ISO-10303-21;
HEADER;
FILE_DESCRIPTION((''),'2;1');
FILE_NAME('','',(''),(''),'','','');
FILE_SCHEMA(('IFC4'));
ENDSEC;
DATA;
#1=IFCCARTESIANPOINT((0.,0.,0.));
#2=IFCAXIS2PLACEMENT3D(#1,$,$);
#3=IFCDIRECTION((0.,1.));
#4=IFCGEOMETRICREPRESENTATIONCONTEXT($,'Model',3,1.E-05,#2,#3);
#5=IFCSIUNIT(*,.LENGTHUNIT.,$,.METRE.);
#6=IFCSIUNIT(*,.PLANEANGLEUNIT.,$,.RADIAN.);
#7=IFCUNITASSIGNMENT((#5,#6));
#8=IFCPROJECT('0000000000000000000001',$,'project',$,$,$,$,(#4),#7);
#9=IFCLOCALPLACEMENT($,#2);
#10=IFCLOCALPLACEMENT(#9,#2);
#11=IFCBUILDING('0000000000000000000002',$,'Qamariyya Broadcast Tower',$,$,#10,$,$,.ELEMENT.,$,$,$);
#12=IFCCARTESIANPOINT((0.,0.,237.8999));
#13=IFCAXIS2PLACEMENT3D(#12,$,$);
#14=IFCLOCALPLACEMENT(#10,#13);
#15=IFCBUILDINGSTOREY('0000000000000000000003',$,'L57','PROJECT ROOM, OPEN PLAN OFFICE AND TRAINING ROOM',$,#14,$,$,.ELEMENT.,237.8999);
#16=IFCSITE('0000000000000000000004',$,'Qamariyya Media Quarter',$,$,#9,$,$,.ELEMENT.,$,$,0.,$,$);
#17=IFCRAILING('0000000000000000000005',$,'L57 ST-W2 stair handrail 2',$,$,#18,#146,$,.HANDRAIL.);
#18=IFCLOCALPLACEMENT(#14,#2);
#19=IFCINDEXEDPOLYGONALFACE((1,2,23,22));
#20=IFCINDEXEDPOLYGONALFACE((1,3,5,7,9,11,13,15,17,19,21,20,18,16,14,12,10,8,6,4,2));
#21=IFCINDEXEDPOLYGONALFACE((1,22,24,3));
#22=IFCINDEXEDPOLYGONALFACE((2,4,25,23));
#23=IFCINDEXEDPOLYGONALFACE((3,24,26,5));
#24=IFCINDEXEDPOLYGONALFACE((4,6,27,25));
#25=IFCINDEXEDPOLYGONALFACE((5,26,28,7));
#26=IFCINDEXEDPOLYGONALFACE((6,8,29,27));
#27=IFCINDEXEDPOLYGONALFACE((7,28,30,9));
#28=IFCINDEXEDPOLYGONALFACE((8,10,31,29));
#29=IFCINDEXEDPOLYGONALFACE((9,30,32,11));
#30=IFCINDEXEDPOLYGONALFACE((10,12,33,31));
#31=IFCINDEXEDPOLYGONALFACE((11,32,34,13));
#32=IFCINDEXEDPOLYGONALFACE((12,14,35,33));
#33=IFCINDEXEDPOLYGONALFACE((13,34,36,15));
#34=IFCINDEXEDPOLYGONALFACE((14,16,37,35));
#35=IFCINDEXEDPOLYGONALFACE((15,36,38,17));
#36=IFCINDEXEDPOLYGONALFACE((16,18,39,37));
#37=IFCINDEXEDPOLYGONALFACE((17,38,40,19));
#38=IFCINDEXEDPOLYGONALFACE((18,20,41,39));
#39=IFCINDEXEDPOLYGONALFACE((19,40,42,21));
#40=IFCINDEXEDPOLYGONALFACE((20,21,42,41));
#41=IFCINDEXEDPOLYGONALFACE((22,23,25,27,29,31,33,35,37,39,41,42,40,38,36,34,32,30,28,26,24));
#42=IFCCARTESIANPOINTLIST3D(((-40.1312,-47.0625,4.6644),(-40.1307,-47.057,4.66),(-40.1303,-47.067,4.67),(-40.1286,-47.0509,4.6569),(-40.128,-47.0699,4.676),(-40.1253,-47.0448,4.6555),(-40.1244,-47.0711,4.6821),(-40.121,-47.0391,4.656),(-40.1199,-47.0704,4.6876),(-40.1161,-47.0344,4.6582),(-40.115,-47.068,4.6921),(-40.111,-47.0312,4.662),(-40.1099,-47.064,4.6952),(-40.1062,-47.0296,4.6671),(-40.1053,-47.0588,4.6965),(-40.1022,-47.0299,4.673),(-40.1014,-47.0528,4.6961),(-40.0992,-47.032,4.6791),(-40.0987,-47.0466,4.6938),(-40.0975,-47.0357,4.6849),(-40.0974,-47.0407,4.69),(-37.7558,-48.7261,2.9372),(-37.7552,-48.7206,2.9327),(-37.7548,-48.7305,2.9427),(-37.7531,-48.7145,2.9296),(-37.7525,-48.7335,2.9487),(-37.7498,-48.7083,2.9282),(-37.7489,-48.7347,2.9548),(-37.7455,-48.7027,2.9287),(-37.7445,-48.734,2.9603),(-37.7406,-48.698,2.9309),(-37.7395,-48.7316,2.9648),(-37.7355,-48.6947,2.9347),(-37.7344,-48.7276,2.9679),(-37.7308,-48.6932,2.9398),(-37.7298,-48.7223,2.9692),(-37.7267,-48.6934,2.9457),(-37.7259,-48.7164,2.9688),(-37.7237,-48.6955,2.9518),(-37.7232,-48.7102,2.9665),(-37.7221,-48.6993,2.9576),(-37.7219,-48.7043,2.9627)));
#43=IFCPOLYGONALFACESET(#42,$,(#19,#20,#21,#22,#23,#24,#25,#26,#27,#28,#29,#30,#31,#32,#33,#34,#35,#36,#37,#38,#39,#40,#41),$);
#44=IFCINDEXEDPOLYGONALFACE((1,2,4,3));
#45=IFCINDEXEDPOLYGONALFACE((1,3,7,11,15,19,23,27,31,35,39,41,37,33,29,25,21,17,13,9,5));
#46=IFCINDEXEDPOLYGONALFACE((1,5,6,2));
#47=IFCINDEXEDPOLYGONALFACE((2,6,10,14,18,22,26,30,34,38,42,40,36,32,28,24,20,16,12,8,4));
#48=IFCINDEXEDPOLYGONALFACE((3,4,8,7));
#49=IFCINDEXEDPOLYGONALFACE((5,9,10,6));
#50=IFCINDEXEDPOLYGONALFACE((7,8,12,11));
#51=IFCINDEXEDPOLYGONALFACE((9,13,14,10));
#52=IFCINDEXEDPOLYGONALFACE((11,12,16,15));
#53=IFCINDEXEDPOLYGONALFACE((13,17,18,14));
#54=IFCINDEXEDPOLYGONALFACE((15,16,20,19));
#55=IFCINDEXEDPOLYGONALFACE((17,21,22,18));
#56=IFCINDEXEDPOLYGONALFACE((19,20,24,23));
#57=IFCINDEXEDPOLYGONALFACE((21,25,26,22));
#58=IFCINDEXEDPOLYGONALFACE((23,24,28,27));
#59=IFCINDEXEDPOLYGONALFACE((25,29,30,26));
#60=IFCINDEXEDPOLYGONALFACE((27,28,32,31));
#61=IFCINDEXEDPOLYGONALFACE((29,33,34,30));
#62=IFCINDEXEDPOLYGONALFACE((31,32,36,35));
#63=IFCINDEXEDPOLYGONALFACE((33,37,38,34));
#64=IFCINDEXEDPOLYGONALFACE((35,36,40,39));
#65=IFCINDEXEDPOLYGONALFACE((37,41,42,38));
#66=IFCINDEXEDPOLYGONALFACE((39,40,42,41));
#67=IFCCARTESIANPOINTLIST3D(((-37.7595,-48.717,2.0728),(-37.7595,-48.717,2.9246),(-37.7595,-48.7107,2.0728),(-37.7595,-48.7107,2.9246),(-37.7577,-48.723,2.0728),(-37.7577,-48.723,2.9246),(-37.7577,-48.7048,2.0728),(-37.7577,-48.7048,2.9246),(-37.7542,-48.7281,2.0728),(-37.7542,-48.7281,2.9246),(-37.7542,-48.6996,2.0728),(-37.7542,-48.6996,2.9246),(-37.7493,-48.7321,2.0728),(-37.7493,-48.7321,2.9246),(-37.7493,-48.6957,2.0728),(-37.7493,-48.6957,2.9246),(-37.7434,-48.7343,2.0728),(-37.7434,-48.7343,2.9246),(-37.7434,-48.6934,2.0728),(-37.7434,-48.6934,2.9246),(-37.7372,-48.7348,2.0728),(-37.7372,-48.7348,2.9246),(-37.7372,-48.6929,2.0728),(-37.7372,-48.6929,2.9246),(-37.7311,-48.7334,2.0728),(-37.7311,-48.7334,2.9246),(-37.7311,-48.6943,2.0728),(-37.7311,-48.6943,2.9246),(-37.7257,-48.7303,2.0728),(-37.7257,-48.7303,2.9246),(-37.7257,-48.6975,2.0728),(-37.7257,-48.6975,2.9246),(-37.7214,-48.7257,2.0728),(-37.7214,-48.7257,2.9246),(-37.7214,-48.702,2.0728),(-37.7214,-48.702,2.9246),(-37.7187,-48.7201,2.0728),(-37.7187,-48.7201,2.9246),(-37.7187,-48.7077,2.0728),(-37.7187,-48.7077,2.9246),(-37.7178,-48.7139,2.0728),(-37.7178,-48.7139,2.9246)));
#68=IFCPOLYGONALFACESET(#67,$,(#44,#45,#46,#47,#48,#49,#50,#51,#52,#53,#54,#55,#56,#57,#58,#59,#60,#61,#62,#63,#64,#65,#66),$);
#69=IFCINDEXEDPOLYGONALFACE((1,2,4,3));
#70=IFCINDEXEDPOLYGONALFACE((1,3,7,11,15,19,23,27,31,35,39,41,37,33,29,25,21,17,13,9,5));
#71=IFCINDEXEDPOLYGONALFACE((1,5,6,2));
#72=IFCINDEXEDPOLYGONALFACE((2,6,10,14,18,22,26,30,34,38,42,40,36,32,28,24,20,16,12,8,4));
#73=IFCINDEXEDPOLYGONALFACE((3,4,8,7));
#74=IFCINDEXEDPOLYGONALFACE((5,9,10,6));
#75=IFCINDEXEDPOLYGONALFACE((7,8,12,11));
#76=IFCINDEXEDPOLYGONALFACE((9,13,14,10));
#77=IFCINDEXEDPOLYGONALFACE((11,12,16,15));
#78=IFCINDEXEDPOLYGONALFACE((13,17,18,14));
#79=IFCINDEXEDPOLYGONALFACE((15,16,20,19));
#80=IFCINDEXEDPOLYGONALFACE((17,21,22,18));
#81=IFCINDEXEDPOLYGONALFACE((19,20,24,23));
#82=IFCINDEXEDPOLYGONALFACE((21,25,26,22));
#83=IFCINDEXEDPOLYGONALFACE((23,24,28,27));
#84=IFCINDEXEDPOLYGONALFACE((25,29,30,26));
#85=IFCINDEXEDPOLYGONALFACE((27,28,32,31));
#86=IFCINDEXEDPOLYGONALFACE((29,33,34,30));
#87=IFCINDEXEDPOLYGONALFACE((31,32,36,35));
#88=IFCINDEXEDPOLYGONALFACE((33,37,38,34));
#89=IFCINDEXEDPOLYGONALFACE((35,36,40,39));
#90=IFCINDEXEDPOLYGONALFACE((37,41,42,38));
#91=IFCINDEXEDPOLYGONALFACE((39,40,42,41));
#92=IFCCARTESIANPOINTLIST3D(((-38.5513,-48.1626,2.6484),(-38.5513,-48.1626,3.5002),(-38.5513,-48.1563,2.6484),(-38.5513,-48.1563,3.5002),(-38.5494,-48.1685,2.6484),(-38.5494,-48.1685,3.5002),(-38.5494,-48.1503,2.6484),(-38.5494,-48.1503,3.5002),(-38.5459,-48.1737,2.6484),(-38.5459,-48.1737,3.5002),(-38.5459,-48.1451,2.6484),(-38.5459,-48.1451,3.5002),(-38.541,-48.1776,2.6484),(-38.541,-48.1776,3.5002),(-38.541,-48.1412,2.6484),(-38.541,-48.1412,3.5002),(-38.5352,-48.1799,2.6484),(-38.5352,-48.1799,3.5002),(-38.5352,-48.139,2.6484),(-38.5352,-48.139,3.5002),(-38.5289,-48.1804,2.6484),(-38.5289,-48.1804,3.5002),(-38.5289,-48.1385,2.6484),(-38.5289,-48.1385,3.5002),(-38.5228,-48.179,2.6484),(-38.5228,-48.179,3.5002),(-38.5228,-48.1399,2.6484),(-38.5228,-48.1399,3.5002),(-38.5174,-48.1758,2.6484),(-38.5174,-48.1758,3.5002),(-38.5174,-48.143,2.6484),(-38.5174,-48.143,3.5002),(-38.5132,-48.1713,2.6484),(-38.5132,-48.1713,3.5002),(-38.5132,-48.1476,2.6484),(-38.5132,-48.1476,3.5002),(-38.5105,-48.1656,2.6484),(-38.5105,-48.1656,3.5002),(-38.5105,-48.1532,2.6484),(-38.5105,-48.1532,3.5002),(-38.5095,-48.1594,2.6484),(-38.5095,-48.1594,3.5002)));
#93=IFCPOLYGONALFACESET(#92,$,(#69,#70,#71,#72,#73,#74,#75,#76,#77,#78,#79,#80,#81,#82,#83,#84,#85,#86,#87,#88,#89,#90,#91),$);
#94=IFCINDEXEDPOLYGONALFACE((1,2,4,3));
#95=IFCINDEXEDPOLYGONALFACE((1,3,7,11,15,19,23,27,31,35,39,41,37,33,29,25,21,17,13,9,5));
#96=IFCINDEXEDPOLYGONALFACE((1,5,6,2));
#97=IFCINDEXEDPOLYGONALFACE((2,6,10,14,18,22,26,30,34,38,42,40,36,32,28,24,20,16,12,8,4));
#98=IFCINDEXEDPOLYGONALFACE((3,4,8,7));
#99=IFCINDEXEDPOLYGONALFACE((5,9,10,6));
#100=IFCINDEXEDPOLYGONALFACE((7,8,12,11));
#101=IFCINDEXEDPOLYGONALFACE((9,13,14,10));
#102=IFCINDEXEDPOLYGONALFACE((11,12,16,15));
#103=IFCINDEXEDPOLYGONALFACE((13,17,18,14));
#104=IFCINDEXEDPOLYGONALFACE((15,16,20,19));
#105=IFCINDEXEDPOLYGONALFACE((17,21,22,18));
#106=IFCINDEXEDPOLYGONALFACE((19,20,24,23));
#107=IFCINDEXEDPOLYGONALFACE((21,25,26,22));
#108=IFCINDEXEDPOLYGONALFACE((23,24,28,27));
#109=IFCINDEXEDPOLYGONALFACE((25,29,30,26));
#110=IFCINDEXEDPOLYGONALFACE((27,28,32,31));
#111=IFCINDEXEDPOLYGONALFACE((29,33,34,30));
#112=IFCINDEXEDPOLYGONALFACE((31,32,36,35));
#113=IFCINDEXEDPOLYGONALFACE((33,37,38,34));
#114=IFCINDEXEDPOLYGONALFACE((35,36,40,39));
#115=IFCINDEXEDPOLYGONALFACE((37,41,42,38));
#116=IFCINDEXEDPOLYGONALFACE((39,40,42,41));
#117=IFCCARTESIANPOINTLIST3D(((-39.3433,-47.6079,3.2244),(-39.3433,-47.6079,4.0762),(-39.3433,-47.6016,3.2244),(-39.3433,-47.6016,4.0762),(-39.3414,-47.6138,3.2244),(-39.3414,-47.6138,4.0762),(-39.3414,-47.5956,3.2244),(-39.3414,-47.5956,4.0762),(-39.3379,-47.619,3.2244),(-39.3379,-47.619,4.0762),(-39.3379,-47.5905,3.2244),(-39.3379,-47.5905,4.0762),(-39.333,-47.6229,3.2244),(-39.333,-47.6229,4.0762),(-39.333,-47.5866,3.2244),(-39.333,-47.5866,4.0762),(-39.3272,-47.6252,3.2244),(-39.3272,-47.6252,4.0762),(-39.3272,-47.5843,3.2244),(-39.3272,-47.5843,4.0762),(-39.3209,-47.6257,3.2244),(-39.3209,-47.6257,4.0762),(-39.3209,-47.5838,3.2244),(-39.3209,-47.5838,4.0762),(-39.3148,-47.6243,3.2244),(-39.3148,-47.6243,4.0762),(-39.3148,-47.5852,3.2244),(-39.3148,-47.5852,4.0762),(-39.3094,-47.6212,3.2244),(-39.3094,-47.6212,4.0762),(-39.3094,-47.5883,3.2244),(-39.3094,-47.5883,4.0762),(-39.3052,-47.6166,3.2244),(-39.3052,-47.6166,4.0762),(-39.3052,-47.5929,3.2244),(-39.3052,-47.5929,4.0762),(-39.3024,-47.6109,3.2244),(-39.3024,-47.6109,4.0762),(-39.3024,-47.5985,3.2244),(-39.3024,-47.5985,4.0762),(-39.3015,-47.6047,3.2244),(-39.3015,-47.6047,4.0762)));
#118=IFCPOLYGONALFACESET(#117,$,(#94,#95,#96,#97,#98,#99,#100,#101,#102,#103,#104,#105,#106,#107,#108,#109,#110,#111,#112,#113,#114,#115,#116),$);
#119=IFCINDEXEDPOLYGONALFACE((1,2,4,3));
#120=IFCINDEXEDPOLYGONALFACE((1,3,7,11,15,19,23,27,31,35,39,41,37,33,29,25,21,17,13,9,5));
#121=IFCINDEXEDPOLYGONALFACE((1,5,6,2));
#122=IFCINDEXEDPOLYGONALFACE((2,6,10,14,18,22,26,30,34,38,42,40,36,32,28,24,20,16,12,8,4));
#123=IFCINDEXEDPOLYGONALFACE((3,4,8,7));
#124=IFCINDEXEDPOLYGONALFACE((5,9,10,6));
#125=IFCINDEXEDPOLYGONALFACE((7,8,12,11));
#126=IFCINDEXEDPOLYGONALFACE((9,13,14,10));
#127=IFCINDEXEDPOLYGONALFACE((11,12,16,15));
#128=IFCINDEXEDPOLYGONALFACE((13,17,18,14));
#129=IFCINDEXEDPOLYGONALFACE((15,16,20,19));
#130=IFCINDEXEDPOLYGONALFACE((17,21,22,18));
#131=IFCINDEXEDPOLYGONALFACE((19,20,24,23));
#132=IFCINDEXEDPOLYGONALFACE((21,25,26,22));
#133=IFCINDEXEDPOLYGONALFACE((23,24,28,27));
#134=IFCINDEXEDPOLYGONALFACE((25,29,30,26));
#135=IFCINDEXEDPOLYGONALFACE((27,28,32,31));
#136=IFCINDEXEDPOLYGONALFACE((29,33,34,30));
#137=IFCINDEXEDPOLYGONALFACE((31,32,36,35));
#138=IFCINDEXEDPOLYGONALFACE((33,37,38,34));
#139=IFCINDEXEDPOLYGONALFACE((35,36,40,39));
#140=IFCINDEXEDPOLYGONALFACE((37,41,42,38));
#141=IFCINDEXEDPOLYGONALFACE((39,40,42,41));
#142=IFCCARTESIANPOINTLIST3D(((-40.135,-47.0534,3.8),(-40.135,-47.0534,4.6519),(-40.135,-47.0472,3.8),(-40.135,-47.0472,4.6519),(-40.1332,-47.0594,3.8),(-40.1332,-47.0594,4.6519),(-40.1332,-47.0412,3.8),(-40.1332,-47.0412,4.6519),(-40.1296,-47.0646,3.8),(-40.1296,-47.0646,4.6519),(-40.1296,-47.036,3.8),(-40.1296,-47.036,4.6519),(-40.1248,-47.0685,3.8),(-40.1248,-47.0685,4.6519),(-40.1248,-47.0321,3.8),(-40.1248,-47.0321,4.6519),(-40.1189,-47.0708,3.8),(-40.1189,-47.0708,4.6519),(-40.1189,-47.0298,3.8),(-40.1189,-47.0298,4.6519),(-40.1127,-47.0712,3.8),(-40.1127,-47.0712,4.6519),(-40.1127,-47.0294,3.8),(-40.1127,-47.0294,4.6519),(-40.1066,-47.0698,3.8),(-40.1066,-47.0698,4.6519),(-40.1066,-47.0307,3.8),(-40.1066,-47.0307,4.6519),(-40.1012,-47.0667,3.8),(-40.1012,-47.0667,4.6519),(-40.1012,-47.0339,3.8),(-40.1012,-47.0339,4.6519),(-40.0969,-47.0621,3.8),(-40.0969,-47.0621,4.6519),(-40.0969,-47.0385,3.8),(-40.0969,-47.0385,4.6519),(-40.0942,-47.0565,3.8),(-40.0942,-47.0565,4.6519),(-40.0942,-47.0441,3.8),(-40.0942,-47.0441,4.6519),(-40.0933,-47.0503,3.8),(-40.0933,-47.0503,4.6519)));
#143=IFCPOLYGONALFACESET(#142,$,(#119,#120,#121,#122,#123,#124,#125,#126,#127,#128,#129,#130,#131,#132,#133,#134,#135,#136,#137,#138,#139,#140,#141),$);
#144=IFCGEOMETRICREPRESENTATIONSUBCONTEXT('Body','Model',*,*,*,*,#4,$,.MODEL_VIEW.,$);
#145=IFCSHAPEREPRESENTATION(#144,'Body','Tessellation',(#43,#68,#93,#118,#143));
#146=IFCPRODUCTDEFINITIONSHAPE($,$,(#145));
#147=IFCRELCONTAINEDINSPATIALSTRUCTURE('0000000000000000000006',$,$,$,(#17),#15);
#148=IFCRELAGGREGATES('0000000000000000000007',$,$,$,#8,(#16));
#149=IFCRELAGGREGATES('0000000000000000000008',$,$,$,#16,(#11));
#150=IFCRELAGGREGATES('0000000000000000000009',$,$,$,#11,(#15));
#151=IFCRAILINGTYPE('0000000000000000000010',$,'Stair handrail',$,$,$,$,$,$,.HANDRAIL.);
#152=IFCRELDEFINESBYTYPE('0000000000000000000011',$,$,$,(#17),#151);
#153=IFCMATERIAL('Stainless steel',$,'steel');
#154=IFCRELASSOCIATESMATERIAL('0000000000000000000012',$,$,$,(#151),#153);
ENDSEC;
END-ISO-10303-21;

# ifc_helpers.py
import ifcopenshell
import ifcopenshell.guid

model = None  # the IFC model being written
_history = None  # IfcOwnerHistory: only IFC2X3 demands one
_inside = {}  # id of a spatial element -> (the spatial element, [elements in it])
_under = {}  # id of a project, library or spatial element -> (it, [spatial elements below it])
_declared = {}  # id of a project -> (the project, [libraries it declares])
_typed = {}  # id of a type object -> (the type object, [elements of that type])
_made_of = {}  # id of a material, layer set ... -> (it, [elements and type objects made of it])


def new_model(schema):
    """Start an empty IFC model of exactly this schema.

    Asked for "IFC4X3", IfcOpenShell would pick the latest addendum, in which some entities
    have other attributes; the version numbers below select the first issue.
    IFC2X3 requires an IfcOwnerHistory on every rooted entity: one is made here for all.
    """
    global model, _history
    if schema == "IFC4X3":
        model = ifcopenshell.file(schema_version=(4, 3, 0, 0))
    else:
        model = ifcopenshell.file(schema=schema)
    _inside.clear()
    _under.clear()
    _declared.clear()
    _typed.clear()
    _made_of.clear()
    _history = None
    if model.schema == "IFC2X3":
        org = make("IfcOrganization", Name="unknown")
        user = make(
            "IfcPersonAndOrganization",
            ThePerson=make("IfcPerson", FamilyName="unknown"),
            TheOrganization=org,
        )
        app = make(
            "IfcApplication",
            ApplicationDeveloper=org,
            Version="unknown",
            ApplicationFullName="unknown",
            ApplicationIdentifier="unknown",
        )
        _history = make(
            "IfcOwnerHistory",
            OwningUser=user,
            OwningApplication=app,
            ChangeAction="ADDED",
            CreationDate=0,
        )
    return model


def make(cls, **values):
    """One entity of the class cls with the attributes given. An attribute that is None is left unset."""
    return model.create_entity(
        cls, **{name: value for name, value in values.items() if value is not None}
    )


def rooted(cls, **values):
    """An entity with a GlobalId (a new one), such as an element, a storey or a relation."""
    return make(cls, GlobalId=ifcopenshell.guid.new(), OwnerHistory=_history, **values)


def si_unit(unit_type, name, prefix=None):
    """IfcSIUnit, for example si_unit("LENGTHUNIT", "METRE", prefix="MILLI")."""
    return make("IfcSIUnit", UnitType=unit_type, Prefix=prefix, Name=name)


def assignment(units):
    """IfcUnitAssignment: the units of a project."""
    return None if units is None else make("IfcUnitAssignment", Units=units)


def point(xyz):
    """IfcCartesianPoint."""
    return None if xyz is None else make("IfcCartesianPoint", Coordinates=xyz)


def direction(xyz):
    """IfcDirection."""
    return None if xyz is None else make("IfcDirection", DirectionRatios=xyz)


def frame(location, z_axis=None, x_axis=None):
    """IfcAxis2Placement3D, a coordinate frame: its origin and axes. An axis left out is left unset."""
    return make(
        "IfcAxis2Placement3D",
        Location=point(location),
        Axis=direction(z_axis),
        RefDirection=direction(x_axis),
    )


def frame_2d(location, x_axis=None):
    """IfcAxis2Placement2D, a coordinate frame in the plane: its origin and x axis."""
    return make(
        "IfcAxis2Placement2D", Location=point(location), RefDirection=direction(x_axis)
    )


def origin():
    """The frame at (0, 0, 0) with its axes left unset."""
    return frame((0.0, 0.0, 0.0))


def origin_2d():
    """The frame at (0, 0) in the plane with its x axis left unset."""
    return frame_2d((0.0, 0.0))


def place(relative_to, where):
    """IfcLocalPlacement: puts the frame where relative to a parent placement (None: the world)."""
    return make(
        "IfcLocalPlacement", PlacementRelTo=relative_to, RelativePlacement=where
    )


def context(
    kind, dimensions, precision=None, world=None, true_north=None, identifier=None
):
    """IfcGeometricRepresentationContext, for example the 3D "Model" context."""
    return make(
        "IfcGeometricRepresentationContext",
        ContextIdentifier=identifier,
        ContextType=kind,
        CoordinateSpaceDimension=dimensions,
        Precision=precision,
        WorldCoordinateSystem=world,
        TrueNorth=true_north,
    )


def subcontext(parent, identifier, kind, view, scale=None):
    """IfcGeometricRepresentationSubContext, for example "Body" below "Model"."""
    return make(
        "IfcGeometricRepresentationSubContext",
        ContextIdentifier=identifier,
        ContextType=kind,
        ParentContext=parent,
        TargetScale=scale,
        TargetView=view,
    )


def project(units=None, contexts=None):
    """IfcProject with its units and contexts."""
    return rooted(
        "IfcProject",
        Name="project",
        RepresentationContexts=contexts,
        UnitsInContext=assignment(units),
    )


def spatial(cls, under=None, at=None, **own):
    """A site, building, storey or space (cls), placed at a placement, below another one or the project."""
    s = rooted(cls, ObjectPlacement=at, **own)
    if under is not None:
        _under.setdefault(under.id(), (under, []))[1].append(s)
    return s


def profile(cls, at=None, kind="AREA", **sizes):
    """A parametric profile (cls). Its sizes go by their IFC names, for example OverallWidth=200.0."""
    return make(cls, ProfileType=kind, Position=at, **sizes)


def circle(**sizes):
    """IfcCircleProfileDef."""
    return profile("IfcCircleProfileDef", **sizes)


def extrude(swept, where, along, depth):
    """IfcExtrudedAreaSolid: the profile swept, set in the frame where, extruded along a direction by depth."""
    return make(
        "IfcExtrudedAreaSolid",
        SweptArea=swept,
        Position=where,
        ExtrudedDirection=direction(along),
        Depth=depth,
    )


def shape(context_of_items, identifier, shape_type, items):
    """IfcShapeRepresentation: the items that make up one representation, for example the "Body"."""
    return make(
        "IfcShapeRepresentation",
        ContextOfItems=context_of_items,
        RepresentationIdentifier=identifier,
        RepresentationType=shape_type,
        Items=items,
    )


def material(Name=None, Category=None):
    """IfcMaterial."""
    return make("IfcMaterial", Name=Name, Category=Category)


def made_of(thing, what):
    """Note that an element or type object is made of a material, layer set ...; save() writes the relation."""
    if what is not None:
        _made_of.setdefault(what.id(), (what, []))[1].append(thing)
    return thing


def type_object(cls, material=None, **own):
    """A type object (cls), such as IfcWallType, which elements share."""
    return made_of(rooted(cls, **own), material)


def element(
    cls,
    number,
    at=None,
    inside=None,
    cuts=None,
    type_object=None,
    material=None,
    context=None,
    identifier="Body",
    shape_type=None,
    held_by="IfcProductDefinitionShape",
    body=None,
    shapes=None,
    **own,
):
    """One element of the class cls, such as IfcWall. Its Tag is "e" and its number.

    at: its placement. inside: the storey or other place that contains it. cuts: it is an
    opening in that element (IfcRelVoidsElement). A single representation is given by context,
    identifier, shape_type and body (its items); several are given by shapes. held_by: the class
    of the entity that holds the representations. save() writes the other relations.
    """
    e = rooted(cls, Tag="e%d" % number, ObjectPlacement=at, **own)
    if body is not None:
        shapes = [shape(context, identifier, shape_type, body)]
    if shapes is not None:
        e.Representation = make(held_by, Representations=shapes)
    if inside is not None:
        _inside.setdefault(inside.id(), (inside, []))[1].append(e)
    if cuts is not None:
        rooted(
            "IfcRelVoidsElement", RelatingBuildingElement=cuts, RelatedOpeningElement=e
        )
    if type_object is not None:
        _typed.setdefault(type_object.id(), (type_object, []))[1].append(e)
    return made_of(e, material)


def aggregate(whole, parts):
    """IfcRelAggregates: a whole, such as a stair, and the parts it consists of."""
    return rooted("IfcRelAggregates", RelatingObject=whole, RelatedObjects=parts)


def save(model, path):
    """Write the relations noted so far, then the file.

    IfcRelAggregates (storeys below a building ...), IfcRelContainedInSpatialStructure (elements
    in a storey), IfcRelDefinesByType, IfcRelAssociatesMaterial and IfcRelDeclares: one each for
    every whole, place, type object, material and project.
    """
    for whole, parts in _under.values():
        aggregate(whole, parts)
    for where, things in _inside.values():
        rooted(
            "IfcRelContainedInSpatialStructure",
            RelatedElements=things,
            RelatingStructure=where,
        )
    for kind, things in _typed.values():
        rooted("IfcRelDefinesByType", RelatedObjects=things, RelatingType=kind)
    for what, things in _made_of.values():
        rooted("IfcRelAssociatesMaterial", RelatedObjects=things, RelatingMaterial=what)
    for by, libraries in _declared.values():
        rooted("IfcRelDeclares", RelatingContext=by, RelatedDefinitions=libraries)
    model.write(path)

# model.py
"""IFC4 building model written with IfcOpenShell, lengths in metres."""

from ifc_helpers import new_model, si_unit, direction, frame, origin, origin_2d, place, context, subcontext, project, spatial, circle, extrude, material, type_object, element, save


model = new_model("IFC4")

# Units and contexts
model_context = context("Model", 3, precision=1e-05, world=origin(), true_north=direction((0.0, 1.0)))
body_context = subcontext(model_context, "Body", "Model", "MODEL_VIEW")
ifc_project = project(units=[si_unit("LENGTHUNIT", "METRE"), si_unit("PLANEANGLEUNIT", "RADIAN")], contexts=[model_context])

# Site, building, storey
site_placement = place(None, origin())
site = spatial("IfcSite", under=ifc_project, at=site_placement, Name="Qamariyya Media Quarter", CompositionType="ELEMENT", RefElevation=0.0)
building_placement = place(site_placement, origin())
building = spatial("IfcBuilding", under=site, at=building_placement, Name="Qamariyya Broadcast Tower", CompositionType="ELEMENT")
storey_placement = place(building_placement, frame((0.0, 0.0, 237.8999)))
storey = spatial("IfcBuildingStorey", under=building, at=storey_placement, Name="L57", Description="PROJECT ROOM, OPEN PLAN OFFICE AND TRAINING ROOM", CompositionType="ELEMENT", Elevation=237.8999)

# Railing
ifc_material_1 = material(Name="Stainless steel", Category="steel")
railing_type_1 = type_object("IfcRailingType", Name="Stair handrail", PredefinedType="HANDRAIL", material=ifc_material_1)
railing_1_placement = place(storey_placement, frame((-37.7388, -48.7139, 2.0728)))
element("IfcRailing", 1, at=railing_1_placement, inside=storey, type_object=railing_type_1, Name="L57 ST-W2 stair handrail 2", PredefinedType="HANDRAIL", context=body_context, shape_type="SweptSolid", body=[
    extrude(circle(Radius=0.0239, at=origin_2d()), frame((0.0, 0.0, 0.876), z_axis=(-0.703745, 0.492838, 0.511716), x_axis=(-0.573632, -0.819113, 0.0)), (0.0, 0.0, 1.0), 3.3755),
    extrude(circle(Radius=0.021, at=origin_2d()), origin(), (0.0, 0.0, 1.0), 0.8518),
    extrude(circle(Radius=0.021, at=origin_2d()), frame((-0.7917, 0.5544, 0.5757)), (0.0, 0.0, 1.0), 0.8518),
    extrude(circle(Radius=0.021, at=origin_2d()), frame((-1.5837, 1.1091, 1.1516)), (0.0, 0.0, 1.0), 0.8518),
    extrude(circle(Radius=0.021, at=origin_2d()), frame((-2.3755, 1.6636, 1.7273)), (0.0, 0.0, 1.0), 0.8518),
])

save(model, "model.ifc")
